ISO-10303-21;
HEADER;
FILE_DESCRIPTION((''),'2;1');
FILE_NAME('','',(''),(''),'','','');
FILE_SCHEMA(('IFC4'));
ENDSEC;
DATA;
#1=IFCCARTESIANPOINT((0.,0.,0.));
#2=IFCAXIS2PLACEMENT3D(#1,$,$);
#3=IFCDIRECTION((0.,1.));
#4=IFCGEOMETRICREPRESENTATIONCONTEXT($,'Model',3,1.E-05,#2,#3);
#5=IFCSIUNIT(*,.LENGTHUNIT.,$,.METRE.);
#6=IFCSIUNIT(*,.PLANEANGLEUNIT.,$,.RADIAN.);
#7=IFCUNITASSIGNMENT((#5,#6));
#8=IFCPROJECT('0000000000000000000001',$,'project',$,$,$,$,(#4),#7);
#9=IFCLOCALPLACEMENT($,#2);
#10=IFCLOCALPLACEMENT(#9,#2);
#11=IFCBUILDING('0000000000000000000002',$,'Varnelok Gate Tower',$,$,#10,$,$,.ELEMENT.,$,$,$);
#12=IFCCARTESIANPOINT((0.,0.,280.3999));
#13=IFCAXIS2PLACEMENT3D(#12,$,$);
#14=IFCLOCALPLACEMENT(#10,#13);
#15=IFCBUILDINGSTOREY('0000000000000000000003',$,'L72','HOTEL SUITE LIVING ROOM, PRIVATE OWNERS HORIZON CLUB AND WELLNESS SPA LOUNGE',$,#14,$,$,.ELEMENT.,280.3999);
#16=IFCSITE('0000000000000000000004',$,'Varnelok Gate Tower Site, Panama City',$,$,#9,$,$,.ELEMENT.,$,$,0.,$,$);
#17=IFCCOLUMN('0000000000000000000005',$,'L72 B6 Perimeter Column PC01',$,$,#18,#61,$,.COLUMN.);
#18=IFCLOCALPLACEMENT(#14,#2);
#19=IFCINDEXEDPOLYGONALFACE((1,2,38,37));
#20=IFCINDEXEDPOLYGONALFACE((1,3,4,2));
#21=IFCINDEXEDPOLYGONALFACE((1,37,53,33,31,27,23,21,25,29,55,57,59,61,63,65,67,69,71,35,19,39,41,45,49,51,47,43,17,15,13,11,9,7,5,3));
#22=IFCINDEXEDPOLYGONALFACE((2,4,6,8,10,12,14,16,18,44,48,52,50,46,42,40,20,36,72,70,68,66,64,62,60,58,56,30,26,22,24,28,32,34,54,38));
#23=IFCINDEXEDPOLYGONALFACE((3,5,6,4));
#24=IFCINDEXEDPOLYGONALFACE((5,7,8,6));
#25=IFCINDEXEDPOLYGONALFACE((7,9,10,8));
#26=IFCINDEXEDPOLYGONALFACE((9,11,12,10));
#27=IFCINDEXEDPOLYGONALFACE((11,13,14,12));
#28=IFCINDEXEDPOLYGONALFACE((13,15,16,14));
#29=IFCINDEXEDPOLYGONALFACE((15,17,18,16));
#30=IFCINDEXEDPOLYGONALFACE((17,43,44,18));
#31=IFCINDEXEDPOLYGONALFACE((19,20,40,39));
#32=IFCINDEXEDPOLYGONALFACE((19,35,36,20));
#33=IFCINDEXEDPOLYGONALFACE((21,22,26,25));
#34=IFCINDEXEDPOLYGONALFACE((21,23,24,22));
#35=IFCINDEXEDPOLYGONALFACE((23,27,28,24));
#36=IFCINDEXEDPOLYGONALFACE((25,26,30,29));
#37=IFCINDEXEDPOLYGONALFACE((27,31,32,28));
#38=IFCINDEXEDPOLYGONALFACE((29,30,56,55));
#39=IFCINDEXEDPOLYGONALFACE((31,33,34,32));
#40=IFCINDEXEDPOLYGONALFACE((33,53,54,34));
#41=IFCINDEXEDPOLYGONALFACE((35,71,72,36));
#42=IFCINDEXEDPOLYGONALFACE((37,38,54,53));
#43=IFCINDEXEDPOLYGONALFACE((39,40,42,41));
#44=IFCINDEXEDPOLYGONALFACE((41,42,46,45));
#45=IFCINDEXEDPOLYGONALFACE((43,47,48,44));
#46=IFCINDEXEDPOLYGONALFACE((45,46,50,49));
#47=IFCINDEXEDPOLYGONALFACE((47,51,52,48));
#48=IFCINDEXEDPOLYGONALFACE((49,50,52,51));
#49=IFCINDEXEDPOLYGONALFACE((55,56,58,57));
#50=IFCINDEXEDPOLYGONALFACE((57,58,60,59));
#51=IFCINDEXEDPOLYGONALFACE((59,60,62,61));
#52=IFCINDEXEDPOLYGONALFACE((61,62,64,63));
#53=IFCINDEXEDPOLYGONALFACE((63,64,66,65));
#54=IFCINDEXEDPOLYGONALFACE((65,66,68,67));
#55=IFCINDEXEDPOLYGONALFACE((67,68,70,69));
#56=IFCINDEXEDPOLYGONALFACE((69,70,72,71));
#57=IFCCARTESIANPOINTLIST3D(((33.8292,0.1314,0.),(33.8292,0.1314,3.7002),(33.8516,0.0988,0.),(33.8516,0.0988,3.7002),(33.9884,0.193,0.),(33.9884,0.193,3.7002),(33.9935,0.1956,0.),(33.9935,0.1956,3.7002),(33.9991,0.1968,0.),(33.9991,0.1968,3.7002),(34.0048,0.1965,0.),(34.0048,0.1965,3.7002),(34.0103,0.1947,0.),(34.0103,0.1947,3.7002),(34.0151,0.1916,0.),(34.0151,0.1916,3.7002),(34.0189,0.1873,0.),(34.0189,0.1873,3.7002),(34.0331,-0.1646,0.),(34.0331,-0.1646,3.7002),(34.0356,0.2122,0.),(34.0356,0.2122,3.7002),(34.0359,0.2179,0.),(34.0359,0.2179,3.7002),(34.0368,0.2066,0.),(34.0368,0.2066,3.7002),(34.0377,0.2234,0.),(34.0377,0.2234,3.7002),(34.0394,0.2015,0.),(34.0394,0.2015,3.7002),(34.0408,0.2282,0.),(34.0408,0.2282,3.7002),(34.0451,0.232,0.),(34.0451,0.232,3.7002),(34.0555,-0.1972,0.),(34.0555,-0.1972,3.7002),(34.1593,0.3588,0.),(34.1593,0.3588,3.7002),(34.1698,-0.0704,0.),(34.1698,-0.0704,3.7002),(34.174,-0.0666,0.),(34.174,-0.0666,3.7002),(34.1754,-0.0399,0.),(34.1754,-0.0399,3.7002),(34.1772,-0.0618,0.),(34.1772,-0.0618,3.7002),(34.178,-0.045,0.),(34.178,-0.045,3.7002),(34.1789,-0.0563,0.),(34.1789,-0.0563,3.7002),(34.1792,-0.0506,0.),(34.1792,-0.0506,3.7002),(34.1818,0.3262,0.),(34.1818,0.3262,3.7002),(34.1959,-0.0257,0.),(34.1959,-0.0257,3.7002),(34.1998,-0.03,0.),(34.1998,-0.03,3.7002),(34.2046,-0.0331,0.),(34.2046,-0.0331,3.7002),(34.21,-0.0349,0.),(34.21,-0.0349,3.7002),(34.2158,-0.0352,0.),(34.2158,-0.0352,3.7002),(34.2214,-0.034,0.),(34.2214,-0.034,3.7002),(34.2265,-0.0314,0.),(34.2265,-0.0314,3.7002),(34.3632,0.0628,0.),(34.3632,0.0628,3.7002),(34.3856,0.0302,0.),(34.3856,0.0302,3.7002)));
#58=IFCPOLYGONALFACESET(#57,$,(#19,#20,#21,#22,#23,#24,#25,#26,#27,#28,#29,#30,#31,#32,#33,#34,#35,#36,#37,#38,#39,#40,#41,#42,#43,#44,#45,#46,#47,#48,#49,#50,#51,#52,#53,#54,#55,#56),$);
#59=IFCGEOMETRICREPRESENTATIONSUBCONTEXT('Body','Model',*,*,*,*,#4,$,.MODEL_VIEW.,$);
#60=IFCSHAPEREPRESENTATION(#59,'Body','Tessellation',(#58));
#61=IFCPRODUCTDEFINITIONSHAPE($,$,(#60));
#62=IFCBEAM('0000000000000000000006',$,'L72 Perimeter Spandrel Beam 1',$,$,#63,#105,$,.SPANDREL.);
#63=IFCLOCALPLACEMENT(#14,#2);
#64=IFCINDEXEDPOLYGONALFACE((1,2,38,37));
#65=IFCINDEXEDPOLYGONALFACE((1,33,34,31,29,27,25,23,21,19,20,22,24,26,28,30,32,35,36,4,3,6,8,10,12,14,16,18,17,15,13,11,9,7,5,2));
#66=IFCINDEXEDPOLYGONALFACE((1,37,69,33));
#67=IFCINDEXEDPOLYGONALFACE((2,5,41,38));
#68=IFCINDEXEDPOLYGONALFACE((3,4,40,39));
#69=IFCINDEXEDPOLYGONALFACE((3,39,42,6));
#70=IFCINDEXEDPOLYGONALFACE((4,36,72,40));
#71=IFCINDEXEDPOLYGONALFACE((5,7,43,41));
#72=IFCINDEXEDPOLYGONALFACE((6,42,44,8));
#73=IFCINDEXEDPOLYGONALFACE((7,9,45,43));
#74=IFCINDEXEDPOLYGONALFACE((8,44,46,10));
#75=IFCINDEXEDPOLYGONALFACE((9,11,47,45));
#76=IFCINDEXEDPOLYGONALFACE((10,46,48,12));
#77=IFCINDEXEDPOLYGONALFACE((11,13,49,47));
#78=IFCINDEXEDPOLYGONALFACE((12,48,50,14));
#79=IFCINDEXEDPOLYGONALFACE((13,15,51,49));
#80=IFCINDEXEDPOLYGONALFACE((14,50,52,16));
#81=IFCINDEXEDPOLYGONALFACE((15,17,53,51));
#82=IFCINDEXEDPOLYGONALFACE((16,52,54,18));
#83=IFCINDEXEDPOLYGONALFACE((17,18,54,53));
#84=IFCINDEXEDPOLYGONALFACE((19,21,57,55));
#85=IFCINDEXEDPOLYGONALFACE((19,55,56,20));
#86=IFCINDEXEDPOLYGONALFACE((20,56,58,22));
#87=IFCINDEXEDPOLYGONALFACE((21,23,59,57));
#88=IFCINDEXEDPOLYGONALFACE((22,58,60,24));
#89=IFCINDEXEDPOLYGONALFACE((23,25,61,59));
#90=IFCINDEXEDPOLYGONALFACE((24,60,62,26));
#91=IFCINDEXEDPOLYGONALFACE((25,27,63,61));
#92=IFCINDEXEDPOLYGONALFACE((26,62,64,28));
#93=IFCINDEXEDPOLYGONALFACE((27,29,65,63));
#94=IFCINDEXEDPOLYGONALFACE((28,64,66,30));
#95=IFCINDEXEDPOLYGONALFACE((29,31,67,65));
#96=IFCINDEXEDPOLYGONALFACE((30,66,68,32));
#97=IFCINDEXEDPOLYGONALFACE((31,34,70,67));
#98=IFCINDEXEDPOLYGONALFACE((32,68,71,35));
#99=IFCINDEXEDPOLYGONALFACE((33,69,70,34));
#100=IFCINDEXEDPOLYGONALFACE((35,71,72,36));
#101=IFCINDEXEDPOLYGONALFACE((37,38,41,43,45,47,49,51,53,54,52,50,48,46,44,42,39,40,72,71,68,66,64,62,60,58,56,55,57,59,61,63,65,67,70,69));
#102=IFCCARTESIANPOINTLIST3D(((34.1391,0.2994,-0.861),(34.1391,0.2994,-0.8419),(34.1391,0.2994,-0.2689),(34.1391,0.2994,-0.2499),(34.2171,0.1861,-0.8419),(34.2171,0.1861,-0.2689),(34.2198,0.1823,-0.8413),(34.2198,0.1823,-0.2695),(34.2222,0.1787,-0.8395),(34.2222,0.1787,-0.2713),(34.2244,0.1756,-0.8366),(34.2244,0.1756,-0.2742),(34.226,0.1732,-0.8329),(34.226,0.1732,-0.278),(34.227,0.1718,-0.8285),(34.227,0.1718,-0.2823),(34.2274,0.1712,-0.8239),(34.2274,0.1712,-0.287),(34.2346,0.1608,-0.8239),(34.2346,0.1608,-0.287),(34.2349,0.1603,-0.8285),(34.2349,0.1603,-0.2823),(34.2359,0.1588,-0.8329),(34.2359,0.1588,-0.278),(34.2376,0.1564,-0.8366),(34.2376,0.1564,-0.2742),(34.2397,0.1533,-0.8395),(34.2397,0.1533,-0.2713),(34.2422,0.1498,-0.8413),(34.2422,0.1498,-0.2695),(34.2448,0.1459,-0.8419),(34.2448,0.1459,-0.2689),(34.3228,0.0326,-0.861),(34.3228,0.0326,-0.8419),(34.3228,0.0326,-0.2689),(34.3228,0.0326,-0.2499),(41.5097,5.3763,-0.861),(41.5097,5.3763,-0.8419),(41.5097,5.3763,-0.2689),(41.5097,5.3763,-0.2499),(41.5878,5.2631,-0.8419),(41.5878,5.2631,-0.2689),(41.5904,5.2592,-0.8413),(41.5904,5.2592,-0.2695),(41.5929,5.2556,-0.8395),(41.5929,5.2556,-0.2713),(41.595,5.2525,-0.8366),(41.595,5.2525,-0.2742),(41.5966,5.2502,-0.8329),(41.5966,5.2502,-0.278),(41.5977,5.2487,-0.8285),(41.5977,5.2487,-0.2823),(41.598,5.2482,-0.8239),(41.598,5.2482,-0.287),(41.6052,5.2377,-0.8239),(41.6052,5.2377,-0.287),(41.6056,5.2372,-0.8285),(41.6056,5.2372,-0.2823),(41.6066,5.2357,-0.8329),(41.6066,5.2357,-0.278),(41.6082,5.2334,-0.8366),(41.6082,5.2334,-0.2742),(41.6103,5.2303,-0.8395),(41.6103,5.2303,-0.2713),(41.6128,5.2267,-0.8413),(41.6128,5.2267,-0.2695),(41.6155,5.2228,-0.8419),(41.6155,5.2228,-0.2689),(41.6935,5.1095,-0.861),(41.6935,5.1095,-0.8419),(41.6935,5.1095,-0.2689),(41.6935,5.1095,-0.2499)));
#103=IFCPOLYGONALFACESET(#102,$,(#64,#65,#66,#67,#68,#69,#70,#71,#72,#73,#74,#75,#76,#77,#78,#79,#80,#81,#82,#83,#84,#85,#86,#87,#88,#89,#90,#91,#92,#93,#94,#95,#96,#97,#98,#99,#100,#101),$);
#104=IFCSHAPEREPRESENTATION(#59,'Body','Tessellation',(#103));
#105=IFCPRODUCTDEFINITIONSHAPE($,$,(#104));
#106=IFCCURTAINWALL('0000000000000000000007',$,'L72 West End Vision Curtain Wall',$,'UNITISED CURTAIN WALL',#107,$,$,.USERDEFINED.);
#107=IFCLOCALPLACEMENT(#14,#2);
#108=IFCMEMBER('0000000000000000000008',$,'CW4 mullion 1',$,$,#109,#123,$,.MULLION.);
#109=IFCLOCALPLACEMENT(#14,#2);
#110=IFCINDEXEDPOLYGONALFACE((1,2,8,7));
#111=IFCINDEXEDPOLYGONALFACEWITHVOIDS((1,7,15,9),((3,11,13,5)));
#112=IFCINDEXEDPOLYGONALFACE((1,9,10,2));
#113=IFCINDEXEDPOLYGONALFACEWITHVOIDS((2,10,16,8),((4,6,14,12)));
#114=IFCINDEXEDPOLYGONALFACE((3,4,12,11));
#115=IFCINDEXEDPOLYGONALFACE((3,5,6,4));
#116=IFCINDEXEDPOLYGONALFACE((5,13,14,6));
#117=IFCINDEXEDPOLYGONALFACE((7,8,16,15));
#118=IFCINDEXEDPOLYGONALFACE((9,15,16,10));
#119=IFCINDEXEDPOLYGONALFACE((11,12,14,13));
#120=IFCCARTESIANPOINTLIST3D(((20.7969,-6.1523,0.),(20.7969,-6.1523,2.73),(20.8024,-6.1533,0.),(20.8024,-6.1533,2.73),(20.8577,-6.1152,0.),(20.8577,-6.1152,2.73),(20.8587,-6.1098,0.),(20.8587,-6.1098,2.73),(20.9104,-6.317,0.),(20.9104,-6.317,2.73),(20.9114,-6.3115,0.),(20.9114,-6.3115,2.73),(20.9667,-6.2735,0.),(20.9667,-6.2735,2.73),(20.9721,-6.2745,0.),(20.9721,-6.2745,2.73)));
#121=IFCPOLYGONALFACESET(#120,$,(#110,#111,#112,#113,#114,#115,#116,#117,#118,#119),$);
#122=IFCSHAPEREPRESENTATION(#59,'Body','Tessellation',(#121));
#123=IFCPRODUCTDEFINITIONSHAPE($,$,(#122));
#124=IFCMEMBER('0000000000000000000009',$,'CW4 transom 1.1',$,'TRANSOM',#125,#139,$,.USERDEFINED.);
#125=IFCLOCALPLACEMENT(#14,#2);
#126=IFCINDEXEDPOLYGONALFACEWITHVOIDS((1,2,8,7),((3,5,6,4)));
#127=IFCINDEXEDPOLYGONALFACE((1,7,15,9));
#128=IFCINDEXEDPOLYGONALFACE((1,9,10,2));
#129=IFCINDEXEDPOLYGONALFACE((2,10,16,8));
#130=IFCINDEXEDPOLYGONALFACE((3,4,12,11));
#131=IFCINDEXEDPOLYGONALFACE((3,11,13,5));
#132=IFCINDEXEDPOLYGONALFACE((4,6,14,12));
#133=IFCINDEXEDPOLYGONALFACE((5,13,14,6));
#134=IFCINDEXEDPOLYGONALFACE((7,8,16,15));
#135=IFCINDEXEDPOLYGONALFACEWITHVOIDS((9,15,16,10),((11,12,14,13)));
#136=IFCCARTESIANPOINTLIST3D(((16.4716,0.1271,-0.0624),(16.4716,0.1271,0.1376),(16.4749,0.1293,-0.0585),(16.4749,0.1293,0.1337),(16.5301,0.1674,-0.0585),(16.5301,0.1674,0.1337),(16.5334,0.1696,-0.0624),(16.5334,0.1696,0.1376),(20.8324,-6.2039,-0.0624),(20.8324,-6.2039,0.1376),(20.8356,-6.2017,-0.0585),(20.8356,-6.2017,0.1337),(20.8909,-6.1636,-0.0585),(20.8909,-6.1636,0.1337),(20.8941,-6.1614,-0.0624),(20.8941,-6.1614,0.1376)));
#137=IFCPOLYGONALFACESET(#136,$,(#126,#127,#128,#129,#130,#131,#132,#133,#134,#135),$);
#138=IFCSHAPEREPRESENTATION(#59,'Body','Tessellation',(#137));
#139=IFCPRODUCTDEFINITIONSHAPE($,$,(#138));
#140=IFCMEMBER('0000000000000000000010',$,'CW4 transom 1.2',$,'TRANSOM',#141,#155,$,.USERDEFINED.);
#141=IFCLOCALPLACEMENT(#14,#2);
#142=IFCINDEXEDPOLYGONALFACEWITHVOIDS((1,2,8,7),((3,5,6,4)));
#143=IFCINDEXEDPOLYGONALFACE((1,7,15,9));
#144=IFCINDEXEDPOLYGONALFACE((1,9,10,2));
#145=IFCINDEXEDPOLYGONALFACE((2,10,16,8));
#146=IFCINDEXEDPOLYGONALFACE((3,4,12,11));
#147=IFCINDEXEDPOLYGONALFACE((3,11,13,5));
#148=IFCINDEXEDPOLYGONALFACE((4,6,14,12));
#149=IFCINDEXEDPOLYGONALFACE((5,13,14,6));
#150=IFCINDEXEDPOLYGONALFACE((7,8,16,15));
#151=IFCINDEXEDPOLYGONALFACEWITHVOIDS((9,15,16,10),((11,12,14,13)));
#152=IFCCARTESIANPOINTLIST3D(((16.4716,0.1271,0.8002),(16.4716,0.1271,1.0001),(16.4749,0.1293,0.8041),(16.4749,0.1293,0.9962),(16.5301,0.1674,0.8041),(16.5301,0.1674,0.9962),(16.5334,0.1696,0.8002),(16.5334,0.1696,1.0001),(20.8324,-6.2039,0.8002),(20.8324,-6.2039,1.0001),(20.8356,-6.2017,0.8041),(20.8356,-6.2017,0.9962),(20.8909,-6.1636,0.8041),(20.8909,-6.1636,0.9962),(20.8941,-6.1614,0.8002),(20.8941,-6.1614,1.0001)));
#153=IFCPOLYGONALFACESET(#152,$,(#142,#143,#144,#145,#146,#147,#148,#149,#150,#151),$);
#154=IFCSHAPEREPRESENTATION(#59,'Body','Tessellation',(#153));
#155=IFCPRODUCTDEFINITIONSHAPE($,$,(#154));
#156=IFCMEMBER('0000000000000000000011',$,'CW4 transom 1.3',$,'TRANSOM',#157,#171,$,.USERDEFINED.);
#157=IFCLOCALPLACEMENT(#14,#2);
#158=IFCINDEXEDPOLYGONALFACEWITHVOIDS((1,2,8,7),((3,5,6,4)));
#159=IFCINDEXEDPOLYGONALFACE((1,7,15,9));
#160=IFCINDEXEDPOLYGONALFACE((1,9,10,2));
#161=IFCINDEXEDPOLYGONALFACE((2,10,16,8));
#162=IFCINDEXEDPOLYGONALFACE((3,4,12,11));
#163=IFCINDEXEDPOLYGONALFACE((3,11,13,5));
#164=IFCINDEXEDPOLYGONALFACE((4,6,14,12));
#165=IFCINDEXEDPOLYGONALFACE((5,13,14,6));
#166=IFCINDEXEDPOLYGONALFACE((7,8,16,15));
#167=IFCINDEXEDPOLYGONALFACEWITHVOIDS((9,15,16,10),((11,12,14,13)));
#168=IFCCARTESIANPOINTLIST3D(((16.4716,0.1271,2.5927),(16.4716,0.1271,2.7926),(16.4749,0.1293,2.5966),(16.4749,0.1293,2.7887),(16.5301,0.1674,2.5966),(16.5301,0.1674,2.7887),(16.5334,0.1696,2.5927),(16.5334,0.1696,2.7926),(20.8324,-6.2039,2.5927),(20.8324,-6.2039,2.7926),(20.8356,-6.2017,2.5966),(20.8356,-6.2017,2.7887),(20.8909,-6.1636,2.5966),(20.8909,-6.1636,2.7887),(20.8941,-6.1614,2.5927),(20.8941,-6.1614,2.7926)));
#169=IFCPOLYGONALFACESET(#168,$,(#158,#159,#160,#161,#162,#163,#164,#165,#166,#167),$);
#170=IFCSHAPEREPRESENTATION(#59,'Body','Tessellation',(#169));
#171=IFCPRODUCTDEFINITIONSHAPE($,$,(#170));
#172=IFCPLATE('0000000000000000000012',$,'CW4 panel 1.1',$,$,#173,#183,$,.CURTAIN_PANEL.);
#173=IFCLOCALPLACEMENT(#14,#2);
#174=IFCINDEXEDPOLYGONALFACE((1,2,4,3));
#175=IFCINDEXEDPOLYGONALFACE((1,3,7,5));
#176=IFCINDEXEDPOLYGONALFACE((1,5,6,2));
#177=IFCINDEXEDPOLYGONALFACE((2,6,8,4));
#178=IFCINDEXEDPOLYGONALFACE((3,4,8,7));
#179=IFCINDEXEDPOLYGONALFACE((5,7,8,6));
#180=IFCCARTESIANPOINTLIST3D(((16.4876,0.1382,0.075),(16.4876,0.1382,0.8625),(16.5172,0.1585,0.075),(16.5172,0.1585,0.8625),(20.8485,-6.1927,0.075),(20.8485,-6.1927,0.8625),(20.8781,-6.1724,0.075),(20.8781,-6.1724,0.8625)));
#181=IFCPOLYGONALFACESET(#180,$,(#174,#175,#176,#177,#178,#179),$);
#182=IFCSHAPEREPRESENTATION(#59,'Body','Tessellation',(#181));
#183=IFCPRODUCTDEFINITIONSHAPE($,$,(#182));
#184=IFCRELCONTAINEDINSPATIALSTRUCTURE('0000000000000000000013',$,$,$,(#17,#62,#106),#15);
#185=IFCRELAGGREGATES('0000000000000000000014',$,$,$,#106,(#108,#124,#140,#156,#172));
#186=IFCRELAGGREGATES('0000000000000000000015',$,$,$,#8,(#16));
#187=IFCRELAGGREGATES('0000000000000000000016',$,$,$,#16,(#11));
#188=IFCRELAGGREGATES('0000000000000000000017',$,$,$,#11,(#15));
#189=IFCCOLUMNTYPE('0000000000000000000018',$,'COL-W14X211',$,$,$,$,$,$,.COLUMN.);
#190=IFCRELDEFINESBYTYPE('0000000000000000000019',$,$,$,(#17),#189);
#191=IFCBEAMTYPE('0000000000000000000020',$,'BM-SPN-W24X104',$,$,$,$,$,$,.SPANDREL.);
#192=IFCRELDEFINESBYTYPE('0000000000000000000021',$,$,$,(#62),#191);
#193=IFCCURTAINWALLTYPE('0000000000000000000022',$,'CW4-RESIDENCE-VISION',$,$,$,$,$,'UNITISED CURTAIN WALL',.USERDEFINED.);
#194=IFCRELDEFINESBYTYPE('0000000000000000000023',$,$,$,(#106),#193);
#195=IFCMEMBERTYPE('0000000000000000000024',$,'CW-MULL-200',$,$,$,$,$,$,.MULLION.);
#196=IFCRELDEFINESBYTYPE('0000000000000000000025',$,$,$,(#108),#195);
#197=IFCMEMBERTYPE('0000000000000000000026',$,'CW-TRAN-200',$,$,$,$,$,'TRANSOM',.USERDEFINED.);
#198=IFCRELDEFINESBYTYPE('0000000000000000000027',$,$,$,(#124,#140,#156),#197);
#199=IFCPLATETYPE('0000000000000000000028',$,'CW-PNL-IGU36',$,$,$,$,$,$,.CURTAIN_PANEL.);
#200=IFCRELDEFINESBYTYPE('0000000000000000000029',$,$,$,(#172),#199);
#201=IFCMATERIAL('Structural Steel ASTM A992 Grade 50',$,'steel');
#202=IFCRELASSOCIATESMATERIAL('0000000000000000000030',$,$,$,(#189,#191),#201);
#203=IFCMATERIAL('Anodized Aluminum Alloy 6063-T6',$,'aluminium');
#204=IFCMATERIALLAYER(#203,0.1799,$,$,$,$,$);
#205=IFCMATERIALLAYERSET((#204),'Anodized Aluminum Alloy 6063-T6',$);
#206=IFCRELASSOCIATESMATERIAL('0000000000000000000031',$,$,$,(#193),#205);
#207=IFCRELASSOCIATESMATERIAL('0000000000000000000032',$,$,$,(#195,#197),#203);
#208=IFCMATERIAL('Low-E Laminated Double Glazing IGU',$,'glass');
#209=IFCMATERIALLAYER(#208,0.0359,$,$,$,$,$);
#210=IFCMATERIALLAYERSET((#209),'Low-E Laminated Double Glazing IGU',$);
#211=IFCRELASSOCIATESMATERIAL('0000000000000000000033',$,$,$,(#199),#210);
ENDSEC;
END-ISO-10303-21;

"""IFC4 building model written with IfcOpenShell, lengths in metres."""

from ifc_helpers import new_model, si_unit, direction, frame, origin, origin_2d, place, context, subcontext, project, spatial, rectangle, hollow_rectangle, i_section, extrude, source, transform, mapped, material, layer, layer_set, material_profile, profile_set, type_object, element, aggregate, save


model = new_model("IFC4")

# Units and contexts
model_context = context("Model", 3, precision=1e-05, world=origin(), true_north=direction((0.0, 1.0)))
body_context = subcontext(model_context, "Body", "Model", "MODEL_VIEW")
ifc_project = project(units=[si_unit("LENGTHUNIT", "METRE"), si_unit("PLANEANGLEUNIT", "RADIAN")], contexts=[model_context])

# Site, building, storey
site_placement = place(None, origin())
site = spatial("IfcSite", under=ifc_project, at=site_placement, Name="Varnelok Gate Tower Site, Panama City", CompositionType="ELEMENT", RefElevation=0.0)
building_placement = place(site_placement, origin())
building = spatial("IfcBuilding", under=site, at=building_placement, Name="Varnelok Gate Tower", CompositionType="ELEMENT")
storey_placement = place(building_placement, frame((0.0, 0.0, 280.3999)))
storey = spatial("IfcBuildingStorey", under=building, at=storey_placement, Name="L72", Description="HOTEL SUITE LIVING ROOM, PRIVATE OWNERS HORIZON CLUB AND WELLNESS SPA LOUNGE", CompositionType="ELEMENT", Elevation=280.3999)

# Column
ifc_material_1 = material(Name="Structural Steel ASTM A992 Grade 50", Category="steel")
ifc_material_profile_1 = material_profile(ifc_material_1, i_section(OverallWidth=0.4009, OverallDepth=0.3989, WebThickness=0.0249, FlangeThickness=0.0396, FilletRadius=0.022, at=origin_2d()), Name="W14X211")
ifc_profile_set_1 = profile_set([ifc_material_profile_1], Name="Structural Steel ASTM A992 Grade 50")
column_type = type_object("IfcColumnType", Name="COL-W14X211", PredefinedType="COLUMN", material=ifc_profile_set_1)
column_placement = place(storey_placement, frame((34.1074, 0.0808, 0.0), z_axis=(0.0, 0.0, 1.0), x_axis=(0.823533, 0.567269, 0.0)))
element("IfcColumn", 1, at=column_placement, inside=storey, type_object=column_type, Name="L72 B6 Perimeter Column PC01", PredefinedType="COLUMN", context=body_context, shape_type="SweptSolid", body=[
    extrude(i_section(OverallWidth=0.4009, OverallDepth=0.3989, WebThickness=0.0249, FlangeThickness=0.0396, FilletRadius=0.022, at=origin_2d()), origin(), (0.0, 0.0, 1.0), 3.7002),
])

# Beam
ifc_material_profile_2 = material_profile(ifc_material_1, i_section(OverallWidth=0.324, OverallDepth=0.6111, WebThickness=0.0127, FlangeThickness=0.019, FilletRadius=0.0181, at=origin_2d()), Name="W24X104")
ifc_profile_set_2 = profile_set([ifc_material_profile_2], Name="Structural Steel ASTM A992 Grade 50")
beam_type = type_object("IfcBeamType", Name="BM-SPN-W24X104", PredefinedType="SPANDREL", material=ifc_profile_set_2)
beam_placement = place(storey_placement, frame((34.231, 0.166, -0.5554), z_axis=(0.82354, 0.567258, 0.0), x_axis=(-0.567258, 0.82354, 0.0)))
element("IfcBeam", 2, at=beam_placement, inside=storey, type_object=beam_type, Name="L72 Perimeter Spandrel Beam 1", PredefinedType="SPANDREL", context=body_context, shape_type="SweptSolid", body=[
    extrude(i_section(OverallWidth=0.324, OverallDepth=0.6111, WebThickness=0.0127, FlangeThickness=0.019, FilletRadius=0.0181, at=origin_2d()), origin(), (0.0, 0.0, 1.0), 8.95),
])

# Curtain wall, members, plate
ifc_material_2 = material(Name="Anodized Aluminum Alloy 6063-T6", Category="aluminium")
ifc_layer_1 = layer(ifc_material_2, 0.1799)
ifc_layer_set_1 = layer_set([ifc_layer_1], Name="Anodized Aluminum Alloy 6063-T6")
curtain_wall_type = type_object("IfcCurtainWallType", Name="CW4-RESIDENCE-VISION", ElementType="UNITISED CURTAIN WALL", PredefinedType="USERDEFINED", material=ifc_layer_set_1)
curtain_wall_placement = place(storey_placement, origin())
curtain_wall = element("IfcCurtainWall", 3, at=curtain_wall_placement, inside=storey, type_object=curtain_wall_type, Name="L72 West End Vision Curtain Wall", ObjectType="UNITISED CURTAIN WALL", PredefinedType="USERDEFINED")
ifc_material_profile_3 = material_profile(ifc_material_2, hollow_rectangle(XDim=0.075, YDim=0.2, WallThickness=0.0039, at=origin_2d()), Name="ALU200X75X4")
ifc_profile_set_3 = profile_set([ifc_material_profile_3], Name="Anodized Aluminum Alloy 6063-T6")
member_type_1 = type_object("IfcMemberType", Name="CW-MULL-200", PredefinedType="MULLION", material=ifc_profile_set_3)
member_1_placement = place(storey_placement, frame((20.8845, -6.2134, 0.0), z_axis=(0.0, 0.0, 1.0), x_axis=(-0.823532, -0.567269, 0.0)))
member_1 = element("IfcMember", 4, at=member_1_placement, type_object=member_type_1, Name="CW4 mullion 1", PredefinedType="MULLION", context=body_context, shape_type="SweptSolid", body=[
    extrude(hollow_rectangle(XDim=0.075, YDim=0.2, WallThickness=0.0039, at=origin_2d()), origin(), (0.0, 0.0, 1.0), 2.73),
])
ifc_material_profile_4 = material_profile(ifc_material_2, hollow_rectangle(XDim=0.075, YDim=0.2, WallThickness=0.0039, at=origin_2d()), Name="ALU200X75X4")
ifc_profile_set_4 = profile_set([ifc_material_profile_4], Name="Anodized Aluminum Alloy 6063-T6")
member_type_2 = type_object("IfcMemberType", Name="CW-TRAN-200", ElementType="TRANSOM", PredefinedType="USERDEFINED", material=ifc_profile_set_4)
member_2_placement = place(storey_placement, frame((20.8633, -6.1826, 0.0376), z_axis=(-0.567256, 0.823541, 0.0), x_axis=(-0.823541, -0.567256, 0.0)))
member_2 = element("IfcMember", 5, at=member_2_placement, type_object=member_type_2, Name="CW4 transom 1.1", ObjectType="TRANSOM", PredefinedType="USERDEFINED", context=body_context, shape_type="SweptSolid", body=[
    extrude(hollow_rectangle(XDim=0.075, YDim=0.2, WallThickness=0.0039, at=origin_2d()), origin(), (0.0, 0.0, 1.0), 7.6875),
])
member_3_placement = place(storey_placement, frame((20.8633, -6.1826, 0.9001), z_axis=(-0.567256, 0.823541, 0.0), x_axis=(-0.823541, -0.567256, 0.0)))
member_3 = element("IfcMember", 6, at=member_3_placement, type_object=member_type_2, Name="CW4 transom 1.2", ObjectType="TRANSOM", PredefinedType="USERDEFINED", context=body_context, shape_type="SweptSolid", body=[
    extrude(hollow_rectangle(XDim=0.075, YDim=0.2, WallThickness=0.0039, at=origin_2d()), origin(), (0.0, 0.0, 1.0), 7.6875),
])
member_4_placement = place(storey_placement, frame((20.8633, -6.1826, 2.6926), z_axis=(-0.567256, 0.823541, 0.0), x_axis=(-0.823541, -0.567256, 0.0)))
member_4 = element("IfcMember", 7, at=member_4_placement, type_object=member_type_2, Name="CW4 transom 1.3", ObjectType="TRANSOM", PredefinedType="USERDEFINED", context=body_context, shape_type="SweptSolid", body=[
    extrude(hollow_rectangle(XDim=0.075, YDim=0.2, WallThickness=0.0039, at=origin_2d()), origin(), (0.0, 0.0, 1.0), 7.6875),
])
ifc_material_3 = material(Name="Low-E Laminated Double Glazing IGU", Category="glass")
ifc_layer_2 = layer(ifc_material_3, 0.0359)
ifc_layer_set_2 = layer_set([ifc_layer_2], Name="Low-E Laminated Double Glazing IGU")
plate_type = type_object("IfcPlateType", Name="CW-PNL-IGU36", PredefinedType="CURTAIN_PANEL", material=ifc_layer_set_2)
shared_shape_1 = source(origin(), body_context, "Body", "SweptSolid", [
    extrude(rectangle(XDim=7.6875, YDim=0.0359, at=origin_2d()), origin(), (0.0, 0.0, 1.0), 0.7876),
])
plate_1_placement = place(storey_placement, frame((18.6829, -3.0171, 0.075), z_axis=(0.0, 0.0, 1.0), x_axis=(-0.567269, 0.823532, 0.0)))
plate_1 = element("IfcPlate", 8, at=plate_1_placement, type_object=plate_type, Name="CW4 panel 1.1", PredefinedType="CURTAIN_PANEL", context=body_context, shape_type="MappedRepresentation", body=[
    mapped(shared_shape_1, transform((0.0, 0.0, 0.0), scale=1.0)),
])
aggregate(curtain_wall, [member_1, member_2, member_3, member_4, plate_1])

save(model, "model.ifc")
